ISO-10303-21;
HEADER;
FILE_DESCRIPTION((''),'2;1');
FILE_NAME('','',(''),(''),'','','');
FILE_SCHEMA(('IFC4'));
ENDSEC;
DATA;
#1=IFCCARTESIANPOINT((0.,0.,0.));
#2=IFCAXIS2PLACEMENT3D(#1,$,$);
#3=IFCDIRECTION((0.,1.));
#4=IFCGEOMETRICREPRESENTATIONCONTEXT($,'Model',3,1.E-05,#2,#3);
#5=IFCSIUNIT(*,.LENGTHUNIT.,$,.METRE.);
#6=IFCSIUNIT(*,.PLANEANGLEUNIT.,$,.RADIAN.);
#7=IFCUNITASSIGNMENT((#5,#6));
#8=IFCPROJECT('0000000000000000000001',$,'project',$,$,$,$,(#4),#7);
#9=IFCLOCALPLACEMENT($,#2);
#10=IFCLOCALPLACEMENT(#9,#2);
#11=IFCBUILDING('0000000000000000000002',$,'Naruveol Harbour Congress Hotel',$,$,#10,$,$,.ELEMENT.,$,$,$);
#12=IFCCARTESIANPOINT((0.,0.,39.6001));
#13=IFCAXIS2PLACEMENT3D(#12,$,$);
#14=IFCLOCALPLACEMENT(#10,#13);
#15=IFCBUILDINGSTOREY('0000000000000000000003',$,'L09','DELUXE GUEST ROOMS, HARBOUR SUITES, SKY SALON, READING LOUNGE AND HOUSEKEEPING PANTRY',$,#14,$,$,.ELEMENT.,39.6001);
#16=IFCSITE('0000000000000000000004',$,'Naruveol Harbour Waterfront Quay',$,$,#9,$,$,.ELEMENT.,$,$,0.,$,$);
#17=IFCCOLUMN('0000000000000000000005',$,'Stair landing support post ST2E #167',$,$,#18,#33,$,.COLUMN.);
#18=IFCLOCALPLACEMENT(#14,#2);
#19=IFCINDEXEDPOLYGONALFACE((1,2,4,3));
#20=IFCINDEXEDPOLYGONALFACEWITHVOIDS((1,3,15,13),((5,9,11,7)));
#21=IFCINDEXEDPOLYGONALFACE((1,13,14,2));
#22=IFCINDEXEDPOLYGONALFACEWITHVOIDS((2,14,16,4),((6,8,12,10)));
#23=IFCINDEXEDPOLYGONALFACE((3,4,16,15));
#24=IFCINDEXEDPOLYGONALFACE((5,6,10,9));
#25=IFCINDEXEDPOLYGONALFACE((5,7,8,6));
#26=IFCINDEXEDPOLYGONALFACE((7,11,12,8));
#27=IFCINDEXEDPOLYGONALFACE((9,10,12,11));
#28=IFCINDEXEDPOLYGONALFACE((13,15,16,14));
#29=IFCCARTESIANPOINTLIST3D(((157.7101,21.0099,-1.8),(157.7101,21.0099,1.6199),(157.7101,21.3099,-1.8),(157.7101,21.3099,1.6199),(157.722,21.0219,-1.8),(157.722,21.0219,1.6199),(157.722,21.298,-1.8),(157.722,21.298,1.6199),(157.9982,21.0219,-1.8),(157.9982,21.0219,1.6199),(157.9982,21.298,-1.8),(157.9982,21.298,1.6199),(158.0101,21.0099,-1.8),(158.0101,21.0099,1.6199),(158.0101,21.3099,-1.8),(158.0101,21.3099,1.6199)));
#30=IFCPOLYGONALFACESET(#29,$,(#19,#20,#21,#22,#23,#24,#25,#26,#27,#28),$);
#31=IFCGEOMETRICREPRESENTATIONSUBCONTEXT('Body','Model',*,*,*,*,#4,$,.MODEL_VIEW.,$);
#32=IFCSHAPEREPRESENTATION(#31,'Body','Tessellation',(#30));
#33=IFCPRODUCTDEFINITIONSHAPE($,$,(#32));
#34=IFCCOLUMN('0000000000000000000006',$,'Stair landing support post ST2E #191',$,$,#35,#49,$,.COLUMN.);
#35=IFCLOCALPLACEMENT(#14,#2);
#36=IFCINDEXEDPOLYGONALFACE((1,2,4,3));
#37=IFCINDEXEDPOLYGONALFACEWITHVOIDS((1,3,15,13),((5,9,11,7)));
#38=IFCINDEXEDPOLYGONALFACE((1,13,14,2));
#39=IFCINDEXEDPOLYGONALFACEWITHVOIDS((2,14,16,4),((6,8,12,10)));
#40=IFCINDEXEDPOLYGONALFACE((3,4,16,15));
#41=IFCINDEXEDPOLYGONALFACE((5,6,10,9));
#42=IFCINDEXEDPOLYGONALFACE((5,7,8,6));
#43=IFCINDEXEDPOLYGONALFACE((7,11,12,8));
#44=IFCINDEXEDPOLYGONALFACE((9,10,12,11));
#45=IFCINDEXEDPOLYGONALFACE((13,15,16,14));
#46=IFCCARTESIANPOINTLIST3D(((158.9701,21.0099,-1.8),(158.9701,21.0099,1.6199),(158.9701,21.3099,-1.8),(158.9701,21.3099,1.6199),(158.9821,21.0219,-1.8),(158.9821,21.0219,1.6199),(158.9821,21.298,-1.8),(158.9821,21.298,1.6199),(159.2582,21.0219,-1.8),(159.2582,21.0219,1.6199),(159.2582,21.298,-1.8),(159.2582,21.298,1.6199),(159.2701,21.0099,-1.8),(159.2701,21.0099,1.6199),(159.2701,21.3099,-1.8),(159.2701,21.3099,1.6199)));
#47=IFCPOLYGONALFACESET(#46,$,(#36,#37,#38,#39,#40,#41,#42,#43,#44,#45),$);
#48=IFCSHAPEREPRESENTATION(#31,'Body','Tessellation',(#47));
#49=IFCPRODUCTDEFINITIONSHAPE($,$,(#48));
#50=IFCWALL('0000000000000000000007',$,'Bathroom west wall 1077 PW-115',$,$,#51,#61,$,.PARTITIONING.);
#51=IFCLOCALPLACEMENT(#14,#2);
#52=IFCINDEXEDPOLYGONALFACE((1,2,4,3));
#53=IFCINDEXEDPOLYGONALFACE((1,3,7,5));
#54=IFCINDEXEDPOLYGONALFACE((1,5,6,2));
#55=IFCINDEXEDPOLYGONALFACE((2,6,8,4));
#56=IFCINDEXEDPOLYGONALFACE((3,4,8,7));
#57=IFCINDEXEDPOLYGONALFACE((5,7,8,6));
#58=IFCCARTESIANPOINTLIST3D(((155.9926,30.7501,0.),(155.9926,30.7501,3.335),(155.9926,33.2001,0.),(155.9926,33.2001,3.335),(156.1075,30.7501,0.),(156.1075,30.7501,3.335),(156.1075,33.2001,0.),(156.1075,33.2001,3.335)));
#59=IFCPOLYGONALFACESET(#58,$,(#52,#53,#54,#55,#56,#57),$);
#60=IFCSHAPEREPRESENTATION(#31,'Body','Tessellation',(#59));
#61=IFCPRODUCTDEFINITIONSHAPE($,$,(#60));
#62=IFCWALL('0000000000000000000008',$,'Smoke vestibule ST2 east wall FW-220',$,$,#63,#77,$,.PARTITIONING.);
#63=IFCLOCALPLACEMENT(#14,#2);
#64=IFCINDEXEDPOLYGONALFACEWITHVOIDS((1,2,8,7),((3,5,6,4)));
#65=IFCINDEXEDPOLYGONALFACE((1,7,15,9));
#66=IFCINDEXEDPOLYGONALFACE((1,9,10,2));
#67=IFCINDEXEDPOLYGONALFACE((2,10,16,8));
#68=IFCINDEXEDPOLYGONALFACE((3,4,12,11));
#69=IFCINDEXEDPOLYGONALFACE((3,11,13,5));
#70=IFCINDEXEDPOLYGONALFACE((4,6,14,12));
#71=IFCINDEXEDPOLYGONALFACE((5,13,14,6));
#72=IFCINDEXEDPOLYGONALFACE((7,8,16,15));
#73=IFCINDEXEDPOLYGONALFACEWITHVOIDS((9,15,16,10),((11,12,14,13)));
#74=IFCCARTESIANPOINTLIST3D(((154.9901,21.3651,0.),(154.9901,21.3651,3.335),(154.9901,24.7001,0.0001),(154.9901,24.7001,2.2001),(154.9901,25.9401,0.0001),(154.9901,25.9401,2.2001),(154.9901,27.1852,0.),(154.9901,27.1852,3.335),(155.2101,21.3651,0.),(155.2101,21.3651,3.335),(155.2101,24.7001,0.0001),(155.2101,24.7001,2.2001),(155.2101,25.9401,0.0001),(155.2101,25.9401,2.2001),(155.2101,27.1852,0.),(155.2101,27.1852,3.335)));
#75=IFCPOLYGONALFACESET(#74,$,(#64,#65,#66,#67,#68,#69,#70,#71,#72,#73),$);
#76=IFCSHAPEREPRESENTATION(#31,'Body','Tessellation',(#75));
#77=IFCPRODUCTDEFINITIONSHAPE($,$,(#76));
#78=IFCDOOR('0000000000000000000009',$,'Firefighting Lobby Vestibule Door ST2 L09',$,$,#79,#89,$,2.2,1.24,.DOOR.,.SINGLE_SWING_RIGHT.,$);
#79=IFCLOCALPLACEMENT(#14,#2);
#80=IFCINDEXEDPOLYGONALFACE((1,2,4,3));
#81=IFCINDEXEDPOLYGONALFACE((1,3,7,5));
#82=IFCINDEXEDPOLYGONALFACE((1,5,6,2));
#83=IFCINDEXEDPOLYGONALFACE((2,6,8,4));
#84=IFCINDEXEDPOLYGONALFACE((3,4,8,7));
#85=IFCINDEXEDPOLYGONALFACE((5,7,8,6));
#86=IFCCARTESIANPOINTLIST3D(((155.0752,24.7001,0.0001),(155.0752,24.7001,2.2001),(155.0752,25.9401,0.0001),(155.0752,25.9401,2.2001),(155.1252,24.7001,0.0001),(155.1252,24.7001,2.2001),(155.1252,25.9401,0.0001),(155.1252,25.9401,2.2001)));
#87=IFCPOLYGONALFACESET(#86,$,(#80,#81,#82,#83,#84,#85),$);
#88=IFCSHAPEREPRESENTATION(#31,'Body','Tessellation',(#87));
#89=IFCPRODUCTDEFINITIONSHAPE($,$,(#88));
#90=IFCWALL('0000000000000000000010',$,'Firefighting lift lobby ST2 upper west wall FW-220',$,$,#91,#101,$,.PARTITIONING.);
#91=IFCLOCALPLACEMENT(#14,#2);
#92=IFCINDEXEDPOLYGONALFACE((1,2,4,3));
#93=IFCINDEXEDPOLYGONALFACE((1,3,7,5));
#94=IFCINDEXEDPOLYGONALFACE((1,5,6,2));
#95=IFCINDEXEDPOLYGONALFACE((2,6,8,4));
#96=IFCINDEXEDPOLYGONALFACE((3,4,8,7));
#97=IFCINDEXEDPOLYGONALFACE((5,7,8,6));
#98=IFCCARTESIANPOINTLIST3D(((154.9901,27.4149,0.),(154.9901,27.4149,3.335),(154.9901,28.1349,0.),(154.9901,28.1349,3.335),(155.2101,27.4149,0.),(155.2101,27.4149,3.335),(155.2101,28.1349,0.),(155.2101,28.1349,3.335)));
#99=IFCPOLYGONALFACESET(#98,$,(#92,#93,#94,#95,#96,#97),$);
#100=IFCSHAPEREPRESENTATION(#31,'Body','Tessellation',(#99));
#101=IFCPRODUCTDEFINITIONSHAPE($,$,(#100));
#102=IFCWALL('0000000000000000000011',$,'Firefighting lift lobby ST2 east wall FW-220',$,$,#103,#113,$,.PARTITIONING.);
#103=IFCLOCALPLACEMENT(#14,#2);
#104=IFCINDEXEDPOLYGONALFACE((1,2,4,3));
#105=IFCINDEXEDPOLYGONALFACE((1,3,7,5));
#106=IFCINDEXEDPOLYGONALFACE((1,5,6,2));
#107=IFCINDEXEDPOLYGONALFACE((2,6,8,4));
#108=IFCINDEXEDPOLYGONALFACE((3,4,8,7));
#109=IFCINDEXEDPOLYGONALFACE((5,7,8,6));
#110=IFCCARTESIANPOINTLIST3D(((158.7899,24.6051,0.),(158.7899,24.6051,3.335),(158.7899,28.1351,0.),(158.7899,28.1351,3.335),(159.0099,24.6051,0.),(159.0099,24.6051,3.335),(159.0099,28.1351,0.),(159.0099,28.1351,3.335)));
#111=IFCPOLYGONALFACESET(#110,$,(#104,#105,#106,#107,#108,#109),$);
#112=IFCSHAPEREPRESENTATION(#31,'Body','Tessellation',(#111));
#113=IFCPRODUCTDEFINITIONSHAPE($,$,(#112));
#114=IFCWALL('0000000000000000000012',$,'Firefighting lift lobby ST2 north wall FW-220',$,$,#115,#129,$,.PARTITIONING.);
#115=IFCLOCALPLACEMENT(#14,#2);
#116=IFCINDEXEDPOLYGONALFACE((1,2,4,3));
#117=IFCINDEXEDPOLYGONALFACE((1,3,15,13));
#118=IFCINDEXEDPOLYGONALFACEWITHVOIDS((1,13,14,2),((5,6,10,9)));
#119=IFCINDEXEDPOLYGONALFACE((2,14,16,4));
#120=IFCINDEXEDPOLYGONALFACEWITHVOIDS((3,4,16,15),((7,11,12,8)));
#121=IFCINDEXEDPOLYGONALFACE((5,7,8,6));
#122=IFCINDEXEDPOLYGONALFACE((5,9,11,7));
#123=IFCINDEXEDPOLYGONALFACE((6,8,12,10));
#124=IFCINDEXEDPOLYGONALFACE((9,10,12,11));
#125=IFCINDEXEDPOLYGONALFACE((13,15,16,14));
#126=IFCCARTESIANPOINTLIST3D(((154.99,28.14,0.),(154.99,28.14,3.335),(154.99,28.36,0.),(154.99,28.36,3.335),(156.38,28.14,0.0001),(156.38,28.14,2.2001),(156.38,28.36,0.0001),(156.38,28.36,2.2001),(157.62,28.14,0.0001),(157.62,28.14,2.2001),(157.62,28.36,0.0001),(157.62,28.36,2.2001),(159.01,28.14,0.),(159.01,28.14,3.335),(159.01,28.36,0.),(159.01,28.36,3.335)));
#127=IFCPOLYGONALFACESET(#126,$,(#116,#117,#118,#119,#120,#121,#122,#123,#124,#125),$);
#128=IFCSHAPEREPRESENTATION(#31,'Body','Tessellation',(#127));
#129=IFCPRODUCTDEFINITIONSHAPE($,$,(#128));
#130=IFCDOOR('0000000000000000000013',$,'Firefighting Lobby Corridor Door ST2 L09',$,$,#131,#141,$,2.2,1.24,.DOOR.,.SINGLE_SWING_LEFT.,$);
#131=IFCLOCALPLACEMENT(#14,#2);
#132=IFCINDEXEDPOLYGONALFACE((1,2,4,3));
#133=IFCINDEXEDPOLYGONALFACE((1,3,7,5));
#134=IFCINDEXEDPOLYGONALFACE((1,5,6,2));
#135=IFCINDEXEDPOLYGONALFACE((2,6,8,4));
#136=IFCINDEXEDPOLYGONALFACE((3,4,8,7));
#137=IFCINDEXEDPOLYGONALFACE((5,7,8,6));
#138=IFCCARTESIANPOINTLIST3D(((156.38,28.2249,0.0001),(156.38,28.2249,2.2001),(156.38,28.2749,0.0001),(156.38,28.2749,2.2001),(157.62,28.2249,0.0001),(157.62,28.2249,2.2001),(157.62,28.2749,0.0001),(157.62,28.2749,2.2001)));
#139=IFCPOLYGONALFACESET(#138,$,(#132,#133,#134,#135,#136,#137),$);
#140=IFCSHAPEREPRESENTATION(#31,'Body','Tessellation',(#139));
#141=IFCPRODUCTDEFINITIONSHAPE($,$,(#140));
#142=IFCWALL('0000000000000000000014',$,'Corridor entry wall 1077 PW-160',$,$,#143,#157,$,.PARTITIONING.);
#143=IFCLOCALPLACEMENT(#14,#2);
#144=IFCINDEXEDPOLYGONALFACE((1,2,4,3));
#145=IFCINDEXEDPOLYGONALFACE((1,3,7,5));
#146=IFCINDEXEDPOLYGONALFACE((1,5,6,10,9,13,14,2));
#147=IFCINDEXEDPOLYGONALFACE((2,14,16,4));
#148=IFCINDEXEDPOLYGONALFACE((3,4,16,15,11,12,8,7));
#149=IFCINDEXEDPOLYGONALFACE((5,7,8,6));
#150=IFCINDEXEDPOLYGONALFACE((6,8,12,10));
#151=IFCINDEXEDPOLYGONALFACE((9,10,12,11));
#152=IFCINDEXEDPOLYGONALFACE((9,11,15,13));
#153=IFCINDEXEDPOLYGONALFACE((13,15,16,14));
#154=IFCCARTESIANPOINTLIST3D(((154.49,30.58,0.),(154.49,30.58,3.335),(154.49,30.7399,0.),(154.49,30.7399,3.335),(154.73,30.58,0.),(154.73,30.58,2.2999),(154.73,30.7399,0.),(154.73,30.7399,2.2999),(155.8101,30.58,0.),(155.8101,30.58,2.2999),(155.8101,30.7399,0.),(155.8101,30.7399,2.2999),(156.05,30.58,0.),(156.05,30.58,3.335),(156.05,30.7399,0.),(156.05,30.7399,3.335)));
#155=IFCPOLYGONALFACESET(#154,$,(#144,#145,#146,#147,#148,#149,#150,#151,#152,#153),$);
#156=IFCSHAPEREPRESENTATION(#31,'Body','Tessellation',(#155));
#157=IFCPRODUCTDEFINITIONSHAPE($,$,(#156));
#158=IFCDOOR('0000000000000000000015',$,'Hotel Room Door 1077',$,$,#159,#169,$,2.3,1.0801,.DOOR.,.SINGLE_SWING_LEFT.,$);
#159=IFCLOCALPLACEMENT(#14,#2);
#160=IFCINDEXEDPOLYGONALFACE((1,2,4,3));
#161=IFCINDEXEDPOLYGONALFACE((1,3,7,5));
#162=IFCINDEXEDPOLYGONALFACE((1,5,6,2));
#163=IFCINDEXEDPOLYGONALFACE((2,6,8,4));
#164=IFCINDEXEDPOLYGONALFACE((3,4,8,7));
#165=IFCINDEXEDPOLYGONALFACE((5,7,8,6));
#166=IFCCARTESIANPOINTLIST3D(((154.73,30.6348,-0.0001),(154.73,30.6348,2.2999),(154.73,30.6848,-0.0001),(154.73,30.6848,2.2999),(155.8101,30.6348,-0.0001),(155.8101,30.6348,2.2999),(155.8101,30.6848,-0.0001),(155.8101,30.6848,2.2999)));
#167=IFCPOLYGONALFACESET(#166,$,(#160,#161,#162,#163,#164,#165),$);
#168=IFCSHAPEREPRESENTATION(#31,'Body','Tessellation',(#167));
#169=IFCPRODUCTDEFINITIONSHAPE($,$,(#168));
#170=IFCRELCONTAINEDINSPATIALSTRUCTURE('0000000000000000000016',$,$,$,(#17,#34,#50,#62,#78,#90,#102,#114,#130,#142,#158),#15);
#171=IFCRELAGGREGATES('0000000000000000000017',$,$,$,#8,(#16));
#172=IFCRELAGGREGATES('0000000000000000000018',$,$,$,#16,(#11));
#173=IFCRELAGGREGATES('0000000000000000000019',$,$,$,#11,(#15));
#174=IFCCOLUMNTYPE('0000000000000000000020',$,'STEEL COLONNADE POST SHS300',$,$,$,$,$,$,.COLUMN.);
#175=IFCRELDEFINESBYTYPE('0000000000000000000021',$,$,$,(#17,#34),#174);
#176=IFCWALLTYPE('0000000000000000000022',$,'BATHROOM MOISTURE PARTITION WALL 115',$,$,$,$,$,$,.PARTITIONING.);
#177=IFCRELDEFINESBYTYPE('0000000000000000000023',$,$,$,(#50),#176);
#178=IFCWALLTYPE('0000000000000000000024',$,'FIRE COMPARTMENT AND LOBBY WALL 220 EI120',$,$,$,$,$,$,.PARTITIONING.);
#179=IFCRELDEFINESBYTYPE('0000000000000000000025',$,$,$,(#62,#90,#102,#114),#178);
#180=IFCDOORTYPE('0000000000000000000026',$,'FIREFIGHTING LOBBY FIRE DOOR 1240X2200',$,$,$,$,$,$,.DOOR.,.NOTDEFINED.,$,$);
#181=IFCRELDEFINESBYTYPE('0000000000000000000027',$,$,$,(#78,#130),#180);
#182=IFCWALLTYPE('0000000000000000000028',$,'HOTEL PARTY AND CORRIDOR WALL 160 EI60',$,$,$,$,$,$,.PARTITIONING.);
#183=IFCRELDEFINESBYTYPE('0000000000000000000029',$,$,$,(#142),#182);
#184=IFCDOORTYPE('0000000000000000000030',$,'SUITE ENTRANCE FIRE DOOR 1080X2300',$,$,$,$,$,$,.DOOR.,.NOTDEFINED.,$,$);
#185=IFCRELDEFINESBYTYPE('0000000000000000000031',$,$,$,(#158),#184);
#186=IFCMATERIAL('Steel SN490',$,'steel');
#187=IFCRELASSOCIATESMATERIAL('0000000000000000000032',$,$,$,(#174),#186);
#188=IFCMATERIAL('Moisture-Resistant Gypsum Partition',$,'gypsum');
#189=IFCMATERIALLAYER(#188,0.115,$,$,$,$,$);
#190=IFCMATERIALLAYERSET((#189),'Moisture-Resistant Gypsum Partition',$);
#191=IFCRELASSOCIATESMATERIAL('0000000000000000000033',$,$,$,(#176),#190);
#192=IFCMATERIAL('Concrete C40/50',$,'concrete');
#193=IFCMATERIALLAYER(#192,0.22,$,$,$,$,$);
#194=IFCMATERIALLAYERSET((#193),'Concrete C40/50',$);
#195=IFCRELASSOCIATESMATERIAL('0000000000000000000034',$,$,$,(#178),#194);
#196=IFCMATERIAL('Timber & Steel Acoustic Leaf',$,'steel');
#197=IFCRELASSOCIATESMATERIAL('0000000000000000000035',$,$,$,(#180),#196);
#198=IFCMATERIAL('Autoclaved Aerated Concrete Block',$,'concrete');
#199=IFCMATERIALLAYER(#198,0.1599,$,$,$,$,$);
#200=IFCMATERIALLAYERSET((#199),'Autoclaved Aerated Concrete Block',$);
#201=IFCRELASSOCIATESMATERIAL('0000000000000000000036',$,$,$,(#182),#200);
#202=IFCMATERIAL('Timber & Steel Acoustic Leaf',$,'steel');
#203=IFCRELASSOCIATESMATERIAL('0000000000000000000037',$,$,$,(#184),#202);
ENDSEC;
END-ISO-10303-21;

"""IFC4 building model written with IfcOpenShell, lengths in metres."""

from ifc_helpers import new_model, si_unit, direction, frame, frame_2d, origin, origin_2d, place, context, subcontext, project, spatial, rectangle, hollow_rectangle, extrude, material, layer, layer_set, material_profile, profile_set, type_object, element, fill, save


model = new_model("IFC4")

# Units and contexts
model_context = context("Model", 3, precision=1e-05, world=origin(), true_north=direction((0.0, 1.0)))
body_context = subcontext(model_context, "Body", "Model", "MODEL_VIEW")
ifc_project = project(units=[si_unit("LENGTHUNIT", "METRE"), si_unit("PLANEANGLEUNIT", "RADIAN")], contexts=[model_context])

# Site, building, storey
site_placement = place(None, origin())
site = spatial("IfcSite", under=ifc_project, at=site_placement, Name="Naruveol Harbour Waterfront Quay", CompositionType="ELEMENT", RefElevation=0.0)
building_placement = place(site_placement, origin())
building = spatial("IfcBuilding", under=site, at=building_placement, Name="Naruveol Harbour Congress Hotel", CompositionType="ELEMENT")
storey_placement = place(building_placement, frame((0.0, 0.0, 39.6001)))
storey = spatial("IfcBuildingStorey", under=building, at=storey_placement, Name="L09", Description="DELUXE GUEST ROOMS, HARBOUR SUITES, SKY SALON, READING LOUNGE AND HOUSEKEEPING PANTRY", CompositionType="ELEMENT", Elevation=39.6001)

# Columns
ifc_material_1 = material(Name="Steel SN490", Category="steel")
ifc_material_profile = material_profile(ifc_material_1, hollow_rectangle(XDim=0.3, YDim=0.3, WallThickness=0.012, at=origin_2d()), Name="SHS-300x300x12")
ifc_profile_set = profile_set([ifc_material_profile], Name="Steel SN490")
column_type = type_object("IfcColumnType", Name="STEEL COLONNADE POST SHS300", PredefinedType="COLUMN", material=ifc_profile_set)
for number, where, z_axis, x_axis, name in (
    (1, (157.8601, 21.1599, -1.8), (0.0, 0.0, 1.0), (1.0, 0.0, 0.0), "Stair landing support post ST2E #167"),
    (2, (159.1201, 21.1599, -1.8), (0.0, 0.0, 1.0), (1.0, 0.0, 0.0), "Stair landing support post ST2E #191"),
):
    element("IfcColumn", number, at=place(storey_placement, frame(where, z_axis=z_axis, x_axis=x_axis)), inside=storey, type_object=column_type, Name=name, PredefinedType="COLUMN", context=body_context, shape_type="SweptSolid", body=[
        extrude(hollow_rectangle(XDim=0.3, YDim=0.3, WallThickness=0.012, at=origin_2d()), origin(), (0.0, 0.0, 1.0), 3.4199),
    ])

# Wall
ifc_material_2 = material(Name="Moisture-Resistant Gypsum Partition", Category="gypsum")
ifc_layer_1 = layer(ifc_material_2, 0.115)
ifc_layer_set_1 = layer_set([ifc_layer_1], Name="Moisture-Resistant Gypsum Partition")
wall_type_1 = type_object("IfcWallType", Name="BATHROOM MOISTURE PARTITION WALL 115", PredefinedType="PARTITIONING", material=ifc_layer_set_1)
wall_1_placement = place(storey_placement, frame((156.05, 30.75, 0.0), z_axis=(0.0, 0.0, 1.0), x_axis=(0.0, 1.0, 0.0)))
element("IfcWall", 3, at=wall_1_placement, inside=storey, type_object=wall_type_1, Name="Bathroom west wall 1077 PW-115", PredefinedType="PARTITIONING", context=body_context, shape_type="SweptSolid", body=[
    extrude(rectangle(XDim=2.45, YDim=0.115, at=frame_2d((1.2251, 0.0))), origin(), (0.0, 0.0, 1.0), 3.335),
])

# Wall, opening, door
ifc_material_3 = material(Name="Concrete C40/50", Category="concrete")
ifc_layer_2 = layer(ifc_material_3, 0.22)
ifc_layer_set_2 = layer_set([ifc_layer_2], Name="Concrete C40/50")
wall_type_2 = type_object("IfcWallType", Name="FIRE COMPARTMENT AND LOBBY WALL 220 EI120", PredefinedType="PARTITIONING", material=ifc_layer_set_2)
wall_2_placement = place(storey_placement, frame((155.1001, 21.365, 0.0), z_axis=(0.0, 0.0, 1.0), x_axis=(0.0, 1.0, 0.0)))
wall_2 = element("IfcWall", 4, at=wall_2_placement, inside=storey, type_object=wall_type_2, Name="Smoke vestibule ST2 east wall FW-220", PredefinedType="PARTITIONING", context=body_context, shape_type="SweptSolid", body=[
    extrude(rectangle(XDim=5.8201, YDim=0.22, at=frame_2d((2.9102, 0.0))), origin(), (0.0, 0.0, 1.0), 3.335),
])
opening_1_placement = place(wall_2_placement, frame((3.335, 0.0, 0.0)))
opening_1 = element("IfcOpeningElement", 5, at=opening_1_placement, cuts=wall_2, PredefinedType="OPENING", context=body_context, shape_type="SweptSolid", body=[
    extrude(rectangle(XDim=1.24, YDim=2.2, at=frame_2d((0.6201, 1.1001))), frame((0.0, 0.1199, 0.0), z_axis=(0.0, -1.0, 0.0), x_axis=(1.0, 0.0, 0.0)), (0.0, 0.0, 1.0), 0.24),
])
ifc_material_4 = material(Name="Timber & Steel Acoustic Leaf", Category="steel")
door_type_1 = type_object("IfcDoorType", Name="FIREFIGHTING LOBBY FIRE DOOR 1240X2200", OperationType="NOTDEFINED", PredefinedType="DOOR", material=ifc_material_4)
door_1_placement = place(opening_1_placement, origin())
door_1 = element("IfcDoor", 6, at=door_1_placement, inside=storey, type_object=door_type_1, Name="Firefighting Lobby Vestibule Door ST2 L09", OperationType="SINGLE_SWING_RIGHT", OverallHeight=2.2, OverallWidth=1.24, PredefinedType="DOOR", context=body_context, shape_type="SweptSolid", body=[
    extrude(rectangle(XDim=1.24, YDim=2.2, at=frame_2d((0.6201, 1.1001))), frame((0.0, 0.0249, 0.0), z_axis=(0.0, -1.0, 0.0), x_axis=(1.0, 0.0, 0.0)), (0.0, 0.0, 1.0), 0.05),
])
fill(opening_1, door_1)

# Walls
wall_3_placement = place(storey_placement, frame((155.1001, 27.415, 0.0), z_axis=(0.0, 0.0, 1.0), x_axis=(0.0, 1.0, 0.0)))
element("IfcWall", 7, at=wall_3_placement, inside=storey, type_object=wall_type_2, Name="Firefighting lift lobby ST2 upper west wall FW-220", PredefinedType="PARTITIONING", context=body_context, shape_type="SweptSolid", body=[
    extrude(rectangle(XDim=0.72, YDim=0.22, at=frame_2d((0.3599, 0.0))), origin(), (0.0, 0.0, 1.0), 3.335),
])
wall_4_placement = place(storey_placement, frame((158.8999, 24.605, 0.0), z_axis=(0.0, 0.0, 1.0), x_axis=(0.0, 1.0, 0.0)))
element("IfcWall", 8, at=wall_4_placement, inside=storey, type_object=wall_type_2, Name="Firefighting lift lobby ST2 east wall FW-220", PredefinedType="PARTITIONING", context=body_context, shape_type="SweptSolid", body=[
    extrude(rectangle(XDim=3.53, YDim=0.22, at=frame_2d((1.7651, 0.0))), origin(), (0.0, 0.0, 1.0), 3.335),
])

# Walls, openings, doors
wall_5_placement = place(storey_placement, frame((154.99, 28.25, 0.0), z_axis=(0.0, 0.0, 1.0), x_axis=(1.0, 0.0, 0.0)))
wall_5 = element("IfcWall", 9, at=wall_5_placement, inside=storey, type_object=wall_type_2, Name="Firefighting lift lobby ST2 north wall FW-220", PredefinedType="PARTITIONING", context=body_context, shape_type="SweptSolid", body=[
    extrude(rectangle(XDim=4.02, YDim=0.22, at=frame_2d((2.01, 0.0))), origin(), (0.0, 0.0, 1.0), 3.335),
])
opening_2_placement = place(wall_5_placement, frame((1.3899, 0.0, 0.0)))
opening_2 = element("IfcOpeningElement", 10, at=opening_2_placement, cuts=wall_5, PredefinedType="OPENING", context=body_context, shape_type="SweptSolid", body=[
    extrude(rectangle(XDim=1.24, YDim=2.2, at=frame_2d((0.6201, 1.1001))), frame((0.0, 0.1199, 0.0), z_axis=(0.0, -1.0, 0.0), x_axis=(1.0, 0.0, 0.0)), (0.0, 0.0, 1.0), 0.24),
])
door_2_placement = place(opening_2_placement, origin())
door_2 = element("IfcDoor", 11, at=door_2_placement, inside=storey, type_object=door_type_1, Name="Firefighting Lobby Corridor Door ST2 L09", OperationType="SINGLE_SWING_LEFT", OverallHeight=2.2, OverallWidth=1.24, PredefinedType="DOOR", context=body_context, shape_type="SweptSolid", body=[
    extrude(rectangle(XDim=1.24, YDim=2.2, at=frame_2d((0.6201, 1.1001))), frame((0.0, 0.0249, 0.0), z_axis=(0.0, -1.0, 0.0), x_axis=(1.0, 0.0, 0.0)), (0.0, 0.0, 1.0), 0.05),
])
fill(opening_2, door_2)
ifc_material_5 = material(Name="Autoclaved Aerated Concrete Block", Category="concrete")
ifc_layer_3 = layer(ifc_material_5, 0.1599)
ifc_layer_set_3 = layer_set([ifc_layer_3], Name="Autoclaved Aerated Concrete Block")
wall_type_3 = type_object("IfcWallType", Name="HOTEL PARTY AND CORRIDOR WALL 160 EI60", PredefinedType="PARTITIONING", material=ifc_layer_set_3)
wall_6_placement = place(storey_placement, frame((154.49, 30.6599, 0.0), z_axis=(0.0, 0.0, 1.0), x_axis=(1.0, 0.0, 0.0)))
wall_6 = element("IfcWall", 12, at=wall_6_placement, inside=storey, type_object=wall_type_3, Name="Corridor entry wall 1077 PW-160", PredefinedType="PARTITIONING", context=body_context, shape_type="SweptSolid", body=[
    extrude(rectangle(XDim=1.5601, YDim=0.1599, at=frame_2d((0.78, 0.0))), origin(), (0.0, 0.0, 1.0), 3.335),
])
opening_3_placement = place(wall_6_placement, frame((0.24, 0.0, 0.0)))
opening_3 = element("IfcOpeningElement", 13, at=opening_3_placement, cuts=wall_6, PredefinedType="OPENING", context=body_context, shape_type="SweptSolid", body=[
    extrude(rectangle(XDim=1.0801, YDim=2.3, at=frame_2d((0.54, 1.1499))), frame((0.0, 0.0898, 0.0), z_axis=(0.0, -1.0, 0.0), x_axis=(1.0, 0.0, 0.0)), (0.0, 0.0, 1.0), 0.1799),
])
ifc_material_6 = material(Name="Timber & Steel Acoustic Leaf", Category="steel")
door_type_2 = type_object("IfcDoorType", Name="SUITE ENTRANCE FIRE DOOR 1080X2300", OperationType="NOTDEFINED", PredefinedType="DOOR", material=ifc_material_6)
door_3_placement = place(opening_3_placement, origin())
door_3 = element("IfcDoor", 14, at=door_3_placement, inside=storey, type_object=door_type_2, Name="Hotel Room Door 1077", OperationType="SINGLE_SWING_LEFT", OverallHeight=2.3, OverallWidth=1.0801, PredefinedType="DOOR", context=body_context, shape_type="SweptSolid", body=[
    extrude(rectangle(XDim=1.0801, YDim=2.3, at=frame_2d((0.54, 1.1499))), frame((0.0, 0.0249, 0.0), z_axis=(0.0, -1.0, 0.0), x_axis=(1.0, 0.0, 0.0)), (0.0, 0.0, 1.0), 0.05),
])
fill(opening_3, door_3)

save(model, "model.ifc")
